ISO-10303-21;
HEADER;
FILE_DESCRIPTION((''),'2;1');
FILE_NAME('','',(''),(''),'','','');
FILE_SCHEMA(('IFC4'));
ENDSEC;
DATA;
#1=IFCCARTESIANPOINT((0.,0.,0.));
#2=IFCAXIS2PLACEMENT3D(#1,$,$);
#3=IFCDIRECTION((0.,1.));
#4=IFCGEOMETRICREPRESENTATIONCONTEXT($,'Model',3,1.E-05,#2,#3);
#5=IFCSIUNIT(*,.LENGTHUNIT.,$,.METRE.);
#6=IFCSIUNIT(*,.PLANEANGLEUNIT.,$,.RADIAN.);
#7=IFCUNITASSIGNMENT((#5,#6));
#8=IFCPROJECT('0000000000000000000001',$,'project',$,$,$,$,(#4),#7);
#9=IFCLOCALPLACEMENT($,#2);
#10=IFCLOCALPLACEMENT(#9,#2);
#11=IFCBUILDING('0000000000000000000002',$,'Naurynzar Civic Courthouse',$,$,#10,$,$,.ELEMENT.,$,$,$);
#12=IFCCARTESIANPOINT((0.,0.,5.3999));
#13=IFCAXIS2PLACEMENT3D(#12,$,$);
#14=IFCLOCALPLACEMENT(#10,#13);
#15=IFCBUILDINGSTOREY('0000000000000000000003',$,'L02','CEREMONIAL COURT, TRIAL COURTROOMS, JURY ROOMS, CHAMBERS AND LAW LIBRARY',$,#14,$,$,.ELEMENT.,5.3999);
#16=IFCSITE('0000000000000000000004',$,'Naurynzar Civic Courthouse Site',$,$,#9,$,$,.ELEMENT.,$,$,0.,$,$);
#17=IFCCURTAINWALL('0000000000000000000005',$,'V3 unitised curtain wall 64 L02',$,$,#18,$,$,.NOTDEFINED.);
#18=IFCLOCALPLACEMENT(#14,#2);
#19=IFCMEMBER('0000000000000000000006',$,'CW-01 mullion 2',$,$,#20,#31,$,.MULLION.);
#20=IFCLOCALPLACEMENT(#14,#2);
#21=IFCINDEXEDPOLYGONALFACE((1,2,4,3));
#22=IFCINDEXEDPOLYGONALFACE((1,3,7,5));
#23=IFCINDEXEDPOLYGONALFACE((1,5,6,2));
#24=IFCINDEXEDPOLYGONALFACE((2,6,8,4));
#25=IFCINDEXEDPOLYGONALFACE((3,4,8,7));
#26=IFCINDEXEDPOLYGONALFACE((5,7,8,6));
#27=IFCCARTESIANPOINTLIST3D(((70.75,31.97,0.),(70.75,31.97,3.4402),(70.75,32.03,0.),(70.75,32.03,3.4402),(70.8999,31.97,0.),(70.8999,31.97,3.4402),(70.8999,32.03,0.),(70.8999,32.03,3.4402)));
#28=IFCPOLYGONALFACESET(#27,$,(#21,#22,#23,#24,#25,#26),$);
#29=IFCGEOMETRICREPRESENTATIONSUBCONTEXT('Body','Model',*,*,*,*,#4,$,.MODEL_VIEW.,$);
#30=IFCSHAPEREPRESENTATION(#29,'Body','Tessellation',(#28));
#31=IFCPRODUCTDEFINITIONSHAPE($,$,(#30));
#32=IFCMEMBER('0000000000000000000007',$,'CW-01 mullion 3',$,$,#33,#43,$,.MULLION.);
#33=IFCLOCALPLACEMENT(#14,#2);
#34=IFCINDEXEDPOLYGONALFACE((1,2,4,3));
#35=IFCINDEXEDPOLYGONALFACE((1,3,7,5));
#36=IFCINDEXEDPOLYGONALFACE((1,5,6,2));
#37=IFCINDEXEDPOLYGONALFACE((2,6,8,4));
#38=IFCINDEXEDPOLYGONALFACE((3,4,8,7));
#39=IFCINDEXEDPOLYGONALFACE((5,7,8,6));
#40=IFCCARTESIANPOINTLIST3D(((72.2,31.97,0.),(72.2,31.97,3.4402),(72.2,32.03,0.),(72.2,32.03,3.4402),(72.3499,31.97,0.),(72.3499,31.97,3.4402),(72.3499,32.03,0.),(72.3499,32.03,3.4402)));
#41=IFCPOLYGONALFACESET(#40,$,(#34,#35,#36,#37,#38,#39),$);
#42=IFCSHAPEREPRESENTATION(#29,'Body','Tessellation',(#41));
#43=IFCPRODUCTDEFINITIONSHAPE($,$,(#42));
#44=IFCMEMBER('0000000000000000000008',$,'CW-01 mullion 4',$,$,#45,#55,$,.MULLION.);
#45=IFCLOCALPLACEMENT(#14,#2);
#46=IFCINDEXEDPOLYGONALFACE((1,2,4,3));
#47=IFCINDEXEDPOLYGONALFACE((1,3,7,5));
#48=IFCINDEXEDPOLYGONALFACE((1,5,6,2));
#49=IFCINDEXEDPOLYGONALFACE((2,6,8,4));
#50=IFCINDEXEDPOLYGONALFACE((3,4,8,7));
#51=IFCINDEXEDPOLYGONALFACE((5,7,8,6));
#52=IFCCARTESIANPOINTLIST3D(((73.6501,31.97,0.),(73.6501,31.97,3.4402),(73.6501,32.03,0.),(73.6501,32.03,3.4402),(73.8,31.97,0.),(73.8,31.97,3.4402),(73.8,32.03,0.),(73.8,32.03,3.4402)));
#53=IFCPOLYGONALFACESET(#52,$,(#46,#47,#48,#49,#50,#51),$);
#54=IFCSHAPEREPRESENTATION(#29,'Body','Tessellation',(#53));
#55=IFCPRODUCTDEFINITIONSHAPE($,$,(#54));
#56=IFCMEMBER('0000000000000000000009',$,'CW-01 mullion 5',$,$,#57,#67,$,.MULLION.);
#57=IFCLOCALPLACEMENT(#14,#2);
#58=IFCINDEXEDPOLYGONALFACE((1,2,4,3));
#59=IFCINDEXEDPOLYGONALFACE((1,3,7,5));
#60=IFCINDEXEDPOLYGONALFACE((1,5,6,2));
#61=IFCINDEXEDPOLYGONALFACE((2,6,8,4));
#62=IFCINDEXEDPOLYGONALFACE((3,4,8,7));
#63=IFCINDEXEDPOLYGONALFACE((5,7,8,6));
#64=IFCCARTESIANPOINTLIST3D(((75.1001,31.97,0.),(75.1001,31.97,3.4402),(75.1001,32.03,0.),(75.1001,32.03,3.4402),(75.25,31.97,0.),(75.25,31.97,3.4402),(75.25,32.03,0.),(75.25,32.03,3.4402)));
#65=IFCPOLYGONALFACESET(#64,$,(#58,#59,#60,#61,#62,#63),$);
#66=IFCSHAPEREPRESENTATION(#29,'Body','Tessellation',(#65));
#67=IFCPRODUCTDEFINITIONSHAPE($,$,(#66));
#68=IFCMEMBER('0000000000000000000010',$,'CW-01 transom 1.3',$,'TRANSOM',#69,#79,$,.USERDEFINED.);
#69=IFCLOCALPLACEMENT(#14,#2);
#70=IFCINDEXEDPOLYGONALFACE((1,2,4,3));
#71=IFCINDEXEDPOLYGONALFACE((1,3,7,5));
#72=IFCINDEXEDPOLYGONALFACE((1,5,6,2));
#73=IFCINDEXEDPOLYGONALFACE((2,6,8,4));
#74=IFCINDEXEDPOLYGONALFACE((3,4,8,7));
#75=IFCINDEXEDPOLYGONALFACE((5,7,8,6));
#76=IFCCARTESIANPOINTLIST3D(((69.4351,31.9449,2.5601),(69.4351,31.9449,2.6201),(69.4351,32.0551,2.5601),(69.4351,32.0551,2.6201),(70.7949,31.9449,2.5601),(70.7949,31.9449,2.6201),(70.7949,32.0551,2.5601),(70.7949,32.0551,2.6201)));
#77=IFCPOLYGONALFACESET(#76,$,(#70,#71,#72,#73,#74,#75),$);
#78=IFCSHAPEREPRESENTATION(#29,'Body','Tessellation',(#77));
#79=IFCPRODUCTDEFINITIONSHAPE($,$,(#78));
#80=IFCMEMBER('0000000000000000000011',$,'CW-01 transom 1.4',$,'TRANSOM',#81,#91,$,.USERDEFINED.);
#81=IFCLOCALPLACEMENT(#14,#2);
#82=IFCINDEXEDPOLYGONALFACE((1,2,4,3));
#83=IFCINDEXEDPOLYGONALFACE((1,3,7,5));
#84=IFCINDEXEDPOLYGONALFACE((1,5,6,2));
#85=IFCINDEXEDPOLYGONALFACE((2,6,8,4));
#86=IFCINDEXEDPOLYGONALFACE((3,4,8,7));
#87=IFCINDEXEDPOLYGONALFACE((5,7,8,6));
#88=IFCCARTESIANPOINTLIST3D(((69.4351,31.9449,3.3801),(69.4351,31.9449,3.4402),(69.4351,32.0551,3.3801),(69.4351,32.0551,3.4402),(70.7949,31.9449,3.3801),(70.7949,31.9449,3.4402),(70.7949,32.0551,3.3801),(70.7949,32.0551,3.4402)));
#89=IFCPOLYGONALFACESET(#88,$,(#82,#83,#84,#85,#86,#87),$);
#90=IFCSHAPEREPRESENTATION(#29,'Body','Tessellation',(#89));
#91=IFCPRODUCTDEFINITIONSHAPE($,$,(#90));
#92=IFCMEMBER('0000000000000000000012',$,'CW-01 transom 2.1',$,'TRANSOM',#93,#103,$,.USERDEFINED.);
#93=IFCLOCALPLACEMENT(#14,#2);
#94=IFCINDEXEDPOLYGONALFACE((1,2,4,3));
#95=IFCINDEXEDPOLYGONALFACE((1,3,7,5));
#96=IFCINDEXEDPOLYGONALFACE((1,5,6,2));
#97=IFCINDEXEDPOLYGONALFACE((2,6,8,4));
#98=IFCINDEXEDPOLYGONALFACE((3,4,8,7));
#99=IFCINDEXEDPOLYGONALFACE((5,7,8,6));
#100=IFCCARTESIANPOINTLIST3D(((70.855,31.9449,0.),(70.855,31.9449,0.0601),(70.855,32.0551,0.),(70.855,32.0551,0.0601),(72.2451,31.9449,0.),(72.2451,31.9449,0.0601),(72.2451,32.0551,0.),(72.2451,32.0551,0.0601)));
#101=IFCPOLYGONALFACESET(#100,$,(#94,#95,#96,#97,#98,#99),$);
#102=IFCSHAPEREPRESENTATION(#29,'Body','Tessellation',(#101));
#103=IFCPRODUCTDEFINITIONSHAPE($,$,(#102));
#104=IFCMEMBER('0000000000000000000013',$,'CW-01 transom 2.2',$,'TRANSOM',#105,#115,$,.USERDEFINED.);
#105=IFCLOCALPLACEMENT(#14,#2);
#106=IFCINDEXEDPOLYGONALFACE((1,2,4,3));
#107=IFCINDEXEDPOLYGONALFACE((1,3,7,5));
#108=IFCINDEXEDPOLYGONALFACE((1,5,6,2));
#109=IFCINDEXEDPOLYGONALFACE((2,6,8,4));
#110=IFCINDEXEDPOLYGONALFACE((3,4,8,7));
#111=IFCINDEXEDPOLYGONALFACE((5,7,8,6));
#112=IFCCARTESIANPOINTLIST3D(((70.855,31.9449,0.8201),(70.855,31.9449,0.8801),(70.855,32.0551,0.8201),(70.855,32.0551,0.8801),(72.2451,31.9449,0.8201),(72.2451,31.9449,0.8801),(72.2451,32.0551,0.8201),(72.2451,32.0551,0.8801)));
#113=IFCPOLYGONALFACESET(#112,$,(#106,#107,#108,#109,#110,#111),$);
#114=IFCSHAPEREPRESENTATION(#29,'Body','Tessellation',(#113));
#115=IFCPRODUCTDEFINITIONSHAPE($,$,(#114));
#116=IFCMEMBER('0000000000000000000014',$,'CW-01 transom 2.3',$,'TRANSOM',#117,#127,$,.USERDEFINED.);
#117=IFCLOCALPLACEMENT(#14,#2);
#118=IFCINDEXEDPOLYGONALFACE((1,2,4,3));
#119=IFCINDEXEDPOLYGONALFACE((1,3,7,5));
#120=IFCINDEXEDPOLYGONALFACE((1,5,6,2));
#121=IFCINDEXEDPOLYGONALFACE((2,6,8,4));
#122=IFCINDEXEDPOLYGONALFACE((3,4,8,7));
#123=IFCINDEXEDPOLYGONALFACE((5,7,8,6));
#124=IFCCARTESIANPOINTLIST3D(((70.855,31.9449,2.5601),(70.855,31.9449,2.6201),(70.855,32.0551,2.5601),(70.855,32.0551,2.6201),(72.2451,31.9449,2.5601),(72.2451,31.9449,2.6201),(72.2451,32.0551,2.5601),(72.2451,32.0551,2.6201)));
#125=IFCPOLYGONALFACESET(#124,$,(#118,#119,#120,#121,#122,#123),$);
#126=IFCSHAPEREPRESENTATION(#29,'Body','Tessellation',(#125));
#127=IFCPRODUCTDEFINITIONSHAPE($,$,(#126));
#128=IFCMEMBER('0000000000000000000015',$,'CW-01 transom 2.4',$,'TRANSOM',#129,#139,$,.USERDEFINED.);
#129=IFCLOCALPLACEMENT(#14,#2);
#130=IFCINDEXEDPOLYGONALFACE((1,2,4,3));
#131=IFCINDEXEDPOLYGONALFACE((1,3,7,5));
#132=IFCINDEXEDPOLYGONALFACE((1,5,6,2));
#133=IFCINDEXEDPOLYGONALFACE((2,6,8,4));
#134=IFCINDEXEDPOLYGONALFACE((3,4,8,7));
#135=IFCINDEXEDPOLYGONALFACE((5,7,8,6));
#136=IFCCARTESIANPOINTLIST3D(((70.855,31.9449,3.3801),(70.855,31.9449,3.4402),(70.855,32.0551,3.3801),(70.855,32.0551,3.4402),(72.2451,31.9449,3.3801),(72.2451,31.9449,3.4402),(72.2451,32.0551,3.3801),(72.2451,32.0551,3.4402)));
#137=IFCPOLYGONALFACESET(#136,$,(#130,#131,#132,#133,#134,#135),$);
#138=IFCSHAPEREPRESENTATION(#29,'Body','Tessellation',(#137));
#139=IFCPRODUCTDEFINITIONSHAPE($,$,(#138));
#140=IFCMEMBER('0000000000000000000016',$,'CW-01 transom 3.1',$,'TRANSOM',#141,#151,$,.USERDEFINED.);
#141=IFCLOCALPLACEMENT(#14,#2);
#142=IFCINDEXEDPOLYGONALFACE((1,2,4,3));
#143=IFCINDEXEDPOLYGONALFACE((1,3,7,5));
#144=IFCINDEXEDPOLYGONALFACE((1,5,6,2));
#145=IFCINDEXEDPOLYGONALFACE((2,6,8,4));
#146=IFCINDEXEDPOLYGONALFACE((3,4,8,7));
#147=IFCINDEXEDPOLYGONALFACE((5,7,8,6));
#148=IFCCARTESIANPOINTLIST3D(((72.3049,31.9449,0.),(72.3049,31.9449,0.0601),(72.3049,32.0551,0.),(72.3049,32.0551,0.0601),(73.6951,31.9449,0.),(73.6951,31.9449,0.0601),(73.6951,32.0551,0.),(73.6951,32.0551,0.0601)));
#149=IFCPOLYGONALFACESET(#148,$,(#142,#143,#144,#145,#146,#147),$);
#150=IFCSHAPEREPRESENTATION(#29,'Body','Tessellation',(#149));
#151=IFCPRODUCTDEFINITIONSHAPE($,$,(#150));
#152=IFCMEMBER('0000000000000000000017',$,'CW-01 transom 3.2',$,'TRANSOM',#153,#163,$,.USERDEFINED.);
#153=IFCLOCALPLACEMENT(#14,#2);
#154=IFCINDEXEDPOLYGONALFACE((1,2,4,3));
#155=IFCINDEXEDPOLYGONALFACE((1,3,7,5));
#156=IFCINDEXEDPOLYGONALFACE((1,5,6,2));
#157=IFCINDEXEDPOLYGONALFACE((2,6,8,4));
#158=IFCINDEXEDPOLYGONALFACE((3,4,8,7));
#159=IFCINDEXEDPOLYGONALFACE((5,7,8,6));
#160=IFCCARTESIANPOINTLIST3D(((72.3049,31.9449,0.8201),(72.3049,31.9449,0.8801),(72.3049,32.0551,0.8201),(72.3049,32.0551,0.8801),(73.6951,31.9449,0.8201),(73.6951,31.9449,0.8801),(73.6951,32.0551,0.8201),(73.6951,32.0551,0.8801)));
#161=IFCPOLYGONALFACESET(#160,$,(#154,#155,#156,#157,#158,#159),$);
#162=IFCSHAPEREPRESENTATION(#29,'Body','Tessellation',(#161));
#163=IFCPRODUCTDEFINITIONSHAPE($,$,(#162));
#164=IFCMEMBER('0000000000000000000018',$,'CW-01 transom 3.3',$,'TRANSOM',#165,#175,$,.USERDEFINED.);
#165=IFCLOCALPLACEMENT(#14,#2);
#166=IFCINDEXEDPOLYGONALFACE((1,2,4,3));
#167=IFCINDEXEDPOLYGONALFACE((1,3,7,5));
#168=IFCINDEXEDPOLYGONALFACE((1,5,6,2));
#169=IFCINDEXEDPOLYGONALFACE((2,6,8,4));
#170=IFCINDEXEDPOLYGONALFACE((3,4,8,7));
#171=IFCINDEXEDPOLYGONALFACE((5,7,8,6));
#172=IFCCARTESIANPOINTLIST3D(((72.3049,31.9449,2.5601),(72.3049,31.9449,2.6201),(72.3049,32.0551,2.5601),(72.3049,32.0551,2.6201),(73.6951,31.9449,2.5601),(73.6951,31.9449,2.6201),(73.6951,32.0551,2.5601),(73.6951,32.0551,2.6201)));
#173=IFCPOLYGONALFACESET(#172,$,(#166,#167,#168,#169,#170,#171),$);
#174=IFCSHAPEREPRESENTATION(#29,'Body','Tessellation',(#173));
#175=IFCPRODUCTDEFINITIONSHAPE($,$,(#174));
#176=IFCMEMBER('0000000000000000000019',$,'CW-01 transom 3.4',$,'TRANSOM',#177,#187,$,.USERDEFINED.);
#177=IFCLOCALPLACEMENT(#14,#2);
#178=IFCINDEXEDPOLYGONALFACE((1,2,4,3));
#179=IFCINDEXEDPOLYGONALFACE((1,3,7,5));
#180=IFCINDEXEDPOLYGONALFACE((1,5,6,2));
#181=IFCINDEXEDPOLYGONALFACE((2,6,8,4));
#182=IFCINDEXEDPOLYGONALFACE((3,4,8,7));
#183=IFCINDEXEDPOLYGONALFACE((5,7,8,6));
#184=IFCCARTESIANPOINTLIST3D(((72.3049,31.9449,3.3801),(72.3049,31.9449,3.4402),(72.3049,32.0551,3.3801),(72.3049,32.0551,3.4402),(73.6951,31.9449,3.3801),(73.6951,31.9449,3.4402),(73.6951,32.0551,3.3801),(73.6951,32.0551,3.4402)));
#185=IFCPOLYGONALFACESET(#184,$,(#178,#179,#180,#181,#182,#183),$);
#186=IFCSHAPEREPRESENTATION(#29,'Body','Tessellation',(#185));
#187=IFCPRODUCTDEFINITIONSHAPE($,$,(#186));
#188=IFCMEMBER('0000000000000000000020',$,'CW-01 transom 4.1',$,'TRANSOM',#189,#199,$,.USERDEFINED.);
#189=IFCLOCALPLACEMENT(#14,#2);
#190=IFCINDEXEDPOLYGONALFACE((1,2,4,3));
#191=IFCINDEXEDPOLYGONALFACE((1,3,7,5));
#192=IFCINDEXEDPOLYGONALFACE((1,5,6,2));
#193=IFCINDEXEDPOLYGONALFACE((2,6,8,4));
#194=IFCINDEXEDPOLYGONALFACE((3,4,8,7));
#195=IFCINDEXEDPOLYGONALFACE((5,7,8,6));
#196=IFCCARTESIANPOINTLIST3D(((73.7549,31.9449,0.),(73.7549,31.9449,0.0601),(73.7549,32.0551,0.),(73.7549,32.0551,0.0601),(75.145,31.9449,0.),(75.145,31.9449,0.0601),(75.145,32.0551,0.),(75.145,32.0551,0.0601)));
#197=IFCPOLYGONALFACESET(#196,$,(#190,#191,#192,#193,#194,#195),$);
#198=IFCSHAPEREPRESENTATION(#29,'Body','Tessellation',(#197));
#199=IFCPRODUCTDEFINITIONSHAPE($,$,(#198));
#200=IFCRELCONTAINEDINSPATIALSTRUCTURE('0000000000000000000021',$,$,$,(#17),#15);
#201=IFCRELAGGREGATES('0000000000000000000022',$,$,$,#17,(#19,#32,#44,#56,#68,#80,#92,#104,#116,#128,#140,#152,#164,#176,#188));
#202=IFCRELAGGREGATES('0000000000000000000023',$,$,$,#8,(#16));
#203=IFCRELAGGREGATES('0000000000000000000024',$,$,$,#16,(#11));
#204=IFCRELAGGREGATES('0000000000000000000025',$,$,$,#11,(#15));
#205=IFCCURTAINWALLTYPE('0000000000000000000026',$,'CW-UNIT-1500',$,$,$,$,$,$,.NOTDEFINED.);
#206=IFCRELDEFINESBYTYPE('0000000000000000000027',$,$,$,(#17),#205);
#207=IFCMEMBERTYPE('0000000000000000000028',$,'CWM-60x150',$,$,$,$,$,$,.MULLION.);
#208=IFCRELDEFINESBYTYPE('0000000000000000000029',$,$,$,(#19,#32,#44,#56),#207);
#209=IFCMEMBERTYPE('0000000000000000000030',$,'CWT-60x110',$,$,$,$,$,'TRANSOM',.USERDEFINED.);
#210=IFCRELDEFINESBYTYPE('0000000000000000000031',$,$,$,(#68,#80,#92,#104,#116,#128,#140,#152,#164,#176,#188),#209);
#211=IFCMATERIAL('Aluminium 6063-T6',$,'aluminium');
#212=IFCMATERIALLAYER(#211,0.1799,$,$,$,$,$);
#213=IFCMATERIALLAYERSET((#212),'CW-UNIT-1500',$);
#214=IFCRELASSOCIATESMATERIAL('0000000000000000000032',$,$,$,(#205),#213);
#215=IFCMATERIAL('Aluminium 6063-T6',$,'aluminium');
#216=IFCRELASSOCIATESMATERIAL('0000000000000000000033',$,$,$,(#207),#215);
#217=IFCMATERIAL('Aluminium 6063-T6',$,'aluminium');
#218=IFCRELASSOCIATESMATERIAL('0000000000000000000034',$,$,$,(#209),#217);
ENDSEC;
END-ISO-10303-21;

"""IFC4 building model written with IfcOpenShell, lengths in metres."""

from ifc_helpers import new_model, si_unit, direction, frame, origin, origin_2d, place, context, subcontext, project, spatial, rectangle, extrude, material, layer, layer_set, material_profile, profile_set, type_object, element, aggregate, save


model = new_model("IFC4")

# Units and contexts
model_context = context("Model", 3, precision=1e-05, world=origin(), true_north=direction((0.0, 1.0)))
body_context = subcontext(model_context, "Body", "Model", "MODEL_VIEW")
ifc_project = project(units=[si_unit("LENGTHUNIT", "METRE"), si_unit("PLANEANGLEUNIT", "RADIAN")], contexts=[model_context])

# Site, building, storey
site_placement = place(None, origin())
site = spatial("IfcSite", under=ifc_project, at=site_placement, Name="Naurynzar Civic Courthouse Site", CompositionType="ELEMENT", RefElevation=0.0)
building_placement = place(site_placement, origin())
building = spatial("IfcBuilding", under=site, at=building_placement, Name="Naurynzar Civic Courthouse", CompositionType="ELEMENT")
storey_placement = place(building_placement, frame((0.0, 0.0, 5.3999)))
storey = spatial("IfcBuildingStorey", under=building, at=storey_placement, Name="L02", Description="CEREMONIAL COURT, TRIAL COURTROOMS, JURY ROOMS, CHAMBERS AND LAW LIBRARY", CompositionType="ELEMENT", Elevation=5.3999)

# Curtain wall, members
ifc_material_1 = material(Name="Aluminium 6063-T6", Category="aluminium")
ifc_layer_1 = layer(ifc_material_1, 0.1799)
ifc_layer_set_1 = layer_set([ifc_layer_1], Name="CW-UNIT-1500")
curtain_wall_type = type_object("IfcCurtainWallType", Name="CW-UNIT-1500", PredefinedType="NOTDEFINED", material=ifc_layer_set_1)
curtain_wall_placement = place(storey_placement, origin())
curtain_wall = element("IfcCurtainWall", 1, at=curtain_wall_placement, inside=storey, type_object=curtain_wall_type, Name="V3 unitised curtain wall 64 L02", PredefinedType="NOTDEFINED")
ifc_material_2 = material(Name="Aluminium 6063-T6", Category="aluminium")
ifc_material_profile_1 = material_profile(ifc_material_2, rectangle(XDim=0.0601, YDim=0.1499, at=origin_2d()), Name="ALU MULLION 60x150")
ifc_profile_set_1 = profile_set([ifc_material_profile_1], Name="Aluminium 6063-T6")
member_type_1 = type_object("IfcMemberType", Name="CWM-60x150", PredefinedType="MULLION", material=ifc_profile_set_1)
member_1_placement = place(storey_placement, frame((70.825, 32.0, 0.0), z_axis=(0.0, 0.0, 1.0), x_axis=(0.0, 1.0, 0.0)))
member_1 = element("IfcMember", 2, at=member_1_placement, type_object=member_type_1, Name="CW-01 mullion 2", PredefinedType="MULLION", context=body_context, shape_type="SweptSolid", body=[
    extrude(rectangle(XDim=0.0601, YDim=0.1499, at=origin_2d()), origin(), (0.0, 0.0, 1.0), 3.4402),
])
member_2_placement = place(storey_placement, frame((72.2749, 32.0, 0.0), z_axis=(0.0, 0.0, 1.0), x_axis=(0.0, 1.0, 0.0)))
member_2 = element("IfcMember", 3, at=member_2_placement, type_object=member_type_1, Name="CW-01 mullion 3", PredefinedType="MULLION", context=body_context, shape_type="SweptSolid", body=[
    extrude(rectangle(XDim=0.0601, YDim=0.1499, at=origin_2d()), origin(), (0.0, 0.0, 1.0), 3.4402),
])
member_3_placement = place(storey_placement, frame((73.7251, 32.0, 0.0), z_axis=(0.0, 0.0, 1.0), x_axis=(0.0, 1.0, 0.0)))
member_3 = element("IfcMember", 4, at=member_3_placement, type_object=member_type_1, Name="CW-01 mullion 4", PredefinedType="MULLION", context=body_context, shape_type="SweptSolid", body=[
    extrude(rectangle(XDim=0.0601, YDim=0.1499, at=origin_2d()), origin(), (0.0, 0.0, 1.0), 3.4402),
])
member_4_placement = place(storey_placement, frame((75.175, 32.0, 0.0), z_axis=(0.0, 0.0, 1.0), x_axis=(0.0, 1.0, 0.0)))
member_4 = element("IfcMember", 5, at=member_4_placement, type_object=member_type_1, Name="CW-01 mullion 5", PredefinedType="MULLION", context=body_context, shape_type="SweptSolid", body=[
    extrude(rectangle(XDim=0.0601, YDim=0.1499, at=origin_2d()), origin(), (0.0, 0.0, 1.0), 3.4402),
])
ifc_material_3 = material(Name="Aluminium 6063-T6", Category="aluminium")
ifc_material_profile_2 = material_profile(ifc_material_3, rectangle(XDim=0.1101, YDim=0.0601, at=origin_2d()), Name="ALU TRANSOM 60x110")
ifc_profile_set_2 = profile_set([ifc_material_profile_2], Name="Aluminium 6063-T6")
member_type_2 = type_object("IfcMemberType", Name="CWT-60x110", ElementType="TRANSOM", PredefinedType="USERDEFINED", material=ifc_profile_set_2)
member_5_placement = place(storey_placement, frame((69.4351, 32.0, 2.5901), z_axis=(1.0, 0.0, 0.0), x_axis=(0.0, 1.0, 0.0)))
member_5 = element("IfcMember", 6, at=member_5_placement, type_object=member_type_2, Name="CW-01 transom 1.3", ObjectType="TRANSOM", PredefinedType="USERDEFINED", context=body_context, shape_type="SweptSolid", body=[
    extrude(rectangle(XDim=0.1101, YDim=0.0601, at=origin_2d()), origin(), (0.0, 0.0, 1.0), 1.3599),
])
member_6_placement = place(storey_placement, frame((69.4351, 32.0, 3.4102), z_axis=(1.0, 0.0, 0.0), x_axis=(0.0, 1.0, 0.0)))
member_6 = element("IfcMember", 7, at=member_6_placement, type_object=member_type_2, Name="CW-01 transom 1.4", ObjectType="TRANSOM", PredefinedType="USERDEFINED", context=body_context, shape_type="SweptSolid", body=[
    extrude(rectangle(XDim=0.1101, YDim=0.0601, at=origin_2d()), origin(), (0.0, 0.0, 1.0), 1.3599),
])
member_7_placement = place(storey_placement, frame((70.855, 32.0, 0.03), z_axis=(1.0, 0.0, 0.0), x_axis=(0.0, 1.0, 0.0)))
member_7 = element("IfcMember", 8, at=member_7_placement, type_object=member_type_2, Name="CW-01 transom 2.1", ObjectType="TRANSOM", PredefinedType="USERDEFINED", context=body_context, shape_type="SweptSolid", body=[
    extrude(rectangle(XDim=0.1101, YDim=0.0601, at=origin_2d()), origin(), (0.0, 0.0, 1.0), 1.3901),
])
member_8_placement = place(storey_placement, frame((70.855, 32.0, 0.8501), z_axis=(1.0, 0.0, 0.0), x_axis=(0.0, 1.0, 0.0)))
member_8 = element("IfcMember", 9, at=member_8_placement, type_object=member_type_2, Name="CW-01 transom 2.2", ObjectType="TRANSOM", PredefinedType="USERDEFINED", context=body_context, shape_type="SweptSolid", body=[
    extrude(rectangle(XDim=0.1101, YDim=0.0601, at=origin_2d()), origin(), (0.0, 0.0, 1.0), 1.3901),
])
member_9_placement = place(storey_placement, frame((70.855, 32.0, 2.5901), z_axis=(1.0, 0.0, 0.0), x_axis=(0.0, 1.0, 0.0)))
member_9 = element("IfcMember", 10, at=member_9_placement, type_object=member_type_2, Name="CW-01 transom 2.3", ObjectType="TRANSOM", PredefinedType="USERDEFINED", context=body_context, shape_type="SweptSolid", body=[
    extrude(rectangle(XDim=0.1101, YDim=0.0601, at=origin_2d()), origin(), (0.0, 0.0, 1.0), 1.3901),
])
member_10_placement = place(storey_placement, frame((70.855, 32.0, 3.4102), z_axis=(1.0, 0.0, 0.0), x_axis=(0.0, 1.0, 0.0)))
member_10 = element("IfcMember", 11, at=member_10_placement, type_object=member_type_2, Name="CW-01 transom 2.4", ObjectType="TRANSOM", PredefinedType="USERDEFINED", context=body_context, shape_type="SweptSolid", body=[
    extrude(rectangle(XDim=0.1101, YDim=0.0601, at=origin_2d()), origin(), (0.0, 0.0, 1.0), 1.3901),
])
member_11_placement = place(storey_placement, frame((72.3049, 32.0, 0.03), z_axis=(1.0, 0.0, 0.0), x_axis=(0.0, 1.0, 0.0)))
member_11 = element("IfcMember", 12, at=member_11_placement, type_object=member_type_2, Name="CW-01 transom 3.1", ObjectType="TRANSOM", PredefinedType="USERDEFINED", context=body_context, shape_type="SweptSolid", body=[
    extrude(rectangle(XDim=0.1101, YDim=0.0601, at=origin_2d()), origin(), (0.0, 0.0, 1.0), 1.3901),
])
member_12_placement = place(storey_placement, frame((72.3049, 32.0, 0.8501), z_axis=(1.0, 0.0, 0.0), x_axis=(0.0, 1.0, 0.0)))
member_12 = element("IfcMember", 13, at=member_12_placement, type_object=member_type_2, Name="CW-01 transom 3.2", ObjectType="TRANSOM", PredefinedType="USERDEFINED", context=body_context, shape_type="SweptSolid", body=[
    extrude(rectangle(XDim=0.1101, YDim=0.0601, at=origin_2d()), origin(), (0.0, 0.0, 1.0), 1.3901),
])
member_13_placement = place(storey_placement, frame((72.3049, 32.0, 2.5901), z_axis=(1.0, 0.0, 0.0), x_axis=(0.0, 1.0, 0.0)))
member_13 = element("IfcMember", 14, at=member_13_placement, type_object=member_type_2, Name="CW-01 transom 3.3", ObjectType="TRANSOM", PredefinedType="USERDEFINED", context=body_context, shape_type="SweptSolid", body=[
    extrude(rectangle(XDim=0.1101, YDim=0.0601, at=origin_2d()), origin(), (0.0, 0.0, 1.0), 1.3901),
])
member_14_placement = place(storey_placement, frame((72.3049, 32.0, 3.4102), z_axis=(1.0, 0.0, 0.0), x_axis=(0.0, 1.0, 0.0)))
member_14 = element("IfcMember", 15, at=member_14_placement, type_object=member_type_2, Name="CW-01 transom 3.4", ObjectType="TRANSOM", PredefinedType="USERDEFINED", context=body_context, shape_type="SweptSolid", body=[
    extrude(rectangle(XDim=0.1101, YDim=0.0601, at=origin_2d()), origin(), (0.0, 0.0, 1.0), 1.3901),
])
member_15_placement = place(storey_placement, frame((73.7549, 32.0, 0.03), z_axis=(1.0, 0.0, 0.0), x_axis=(0.0, 1.0, 0.0)))
member_15 = element("IfcMember", 16, at=member_15_placement, type_object=member_type_2, Name="CW-01 transom 4.1", ObjectType="TRANSOM", PredefinedType="USERDEFINED", context=body_context, shape_type="SweptSolid", body=[
    extrude(rectangle(XDim=0.1101, YDim=0.0601, at=origin_2d()), origin(), (0.0, 0.0, 1.0), 1.3901),
])
aggregate(curtain_wall, [member_1, member_2, member_3, member_4, member_5, member_6, member_7, member_8, member_9, member_10, member_11, member_12, member_13, member_14, member_15])

save(model, "model.ifc")
